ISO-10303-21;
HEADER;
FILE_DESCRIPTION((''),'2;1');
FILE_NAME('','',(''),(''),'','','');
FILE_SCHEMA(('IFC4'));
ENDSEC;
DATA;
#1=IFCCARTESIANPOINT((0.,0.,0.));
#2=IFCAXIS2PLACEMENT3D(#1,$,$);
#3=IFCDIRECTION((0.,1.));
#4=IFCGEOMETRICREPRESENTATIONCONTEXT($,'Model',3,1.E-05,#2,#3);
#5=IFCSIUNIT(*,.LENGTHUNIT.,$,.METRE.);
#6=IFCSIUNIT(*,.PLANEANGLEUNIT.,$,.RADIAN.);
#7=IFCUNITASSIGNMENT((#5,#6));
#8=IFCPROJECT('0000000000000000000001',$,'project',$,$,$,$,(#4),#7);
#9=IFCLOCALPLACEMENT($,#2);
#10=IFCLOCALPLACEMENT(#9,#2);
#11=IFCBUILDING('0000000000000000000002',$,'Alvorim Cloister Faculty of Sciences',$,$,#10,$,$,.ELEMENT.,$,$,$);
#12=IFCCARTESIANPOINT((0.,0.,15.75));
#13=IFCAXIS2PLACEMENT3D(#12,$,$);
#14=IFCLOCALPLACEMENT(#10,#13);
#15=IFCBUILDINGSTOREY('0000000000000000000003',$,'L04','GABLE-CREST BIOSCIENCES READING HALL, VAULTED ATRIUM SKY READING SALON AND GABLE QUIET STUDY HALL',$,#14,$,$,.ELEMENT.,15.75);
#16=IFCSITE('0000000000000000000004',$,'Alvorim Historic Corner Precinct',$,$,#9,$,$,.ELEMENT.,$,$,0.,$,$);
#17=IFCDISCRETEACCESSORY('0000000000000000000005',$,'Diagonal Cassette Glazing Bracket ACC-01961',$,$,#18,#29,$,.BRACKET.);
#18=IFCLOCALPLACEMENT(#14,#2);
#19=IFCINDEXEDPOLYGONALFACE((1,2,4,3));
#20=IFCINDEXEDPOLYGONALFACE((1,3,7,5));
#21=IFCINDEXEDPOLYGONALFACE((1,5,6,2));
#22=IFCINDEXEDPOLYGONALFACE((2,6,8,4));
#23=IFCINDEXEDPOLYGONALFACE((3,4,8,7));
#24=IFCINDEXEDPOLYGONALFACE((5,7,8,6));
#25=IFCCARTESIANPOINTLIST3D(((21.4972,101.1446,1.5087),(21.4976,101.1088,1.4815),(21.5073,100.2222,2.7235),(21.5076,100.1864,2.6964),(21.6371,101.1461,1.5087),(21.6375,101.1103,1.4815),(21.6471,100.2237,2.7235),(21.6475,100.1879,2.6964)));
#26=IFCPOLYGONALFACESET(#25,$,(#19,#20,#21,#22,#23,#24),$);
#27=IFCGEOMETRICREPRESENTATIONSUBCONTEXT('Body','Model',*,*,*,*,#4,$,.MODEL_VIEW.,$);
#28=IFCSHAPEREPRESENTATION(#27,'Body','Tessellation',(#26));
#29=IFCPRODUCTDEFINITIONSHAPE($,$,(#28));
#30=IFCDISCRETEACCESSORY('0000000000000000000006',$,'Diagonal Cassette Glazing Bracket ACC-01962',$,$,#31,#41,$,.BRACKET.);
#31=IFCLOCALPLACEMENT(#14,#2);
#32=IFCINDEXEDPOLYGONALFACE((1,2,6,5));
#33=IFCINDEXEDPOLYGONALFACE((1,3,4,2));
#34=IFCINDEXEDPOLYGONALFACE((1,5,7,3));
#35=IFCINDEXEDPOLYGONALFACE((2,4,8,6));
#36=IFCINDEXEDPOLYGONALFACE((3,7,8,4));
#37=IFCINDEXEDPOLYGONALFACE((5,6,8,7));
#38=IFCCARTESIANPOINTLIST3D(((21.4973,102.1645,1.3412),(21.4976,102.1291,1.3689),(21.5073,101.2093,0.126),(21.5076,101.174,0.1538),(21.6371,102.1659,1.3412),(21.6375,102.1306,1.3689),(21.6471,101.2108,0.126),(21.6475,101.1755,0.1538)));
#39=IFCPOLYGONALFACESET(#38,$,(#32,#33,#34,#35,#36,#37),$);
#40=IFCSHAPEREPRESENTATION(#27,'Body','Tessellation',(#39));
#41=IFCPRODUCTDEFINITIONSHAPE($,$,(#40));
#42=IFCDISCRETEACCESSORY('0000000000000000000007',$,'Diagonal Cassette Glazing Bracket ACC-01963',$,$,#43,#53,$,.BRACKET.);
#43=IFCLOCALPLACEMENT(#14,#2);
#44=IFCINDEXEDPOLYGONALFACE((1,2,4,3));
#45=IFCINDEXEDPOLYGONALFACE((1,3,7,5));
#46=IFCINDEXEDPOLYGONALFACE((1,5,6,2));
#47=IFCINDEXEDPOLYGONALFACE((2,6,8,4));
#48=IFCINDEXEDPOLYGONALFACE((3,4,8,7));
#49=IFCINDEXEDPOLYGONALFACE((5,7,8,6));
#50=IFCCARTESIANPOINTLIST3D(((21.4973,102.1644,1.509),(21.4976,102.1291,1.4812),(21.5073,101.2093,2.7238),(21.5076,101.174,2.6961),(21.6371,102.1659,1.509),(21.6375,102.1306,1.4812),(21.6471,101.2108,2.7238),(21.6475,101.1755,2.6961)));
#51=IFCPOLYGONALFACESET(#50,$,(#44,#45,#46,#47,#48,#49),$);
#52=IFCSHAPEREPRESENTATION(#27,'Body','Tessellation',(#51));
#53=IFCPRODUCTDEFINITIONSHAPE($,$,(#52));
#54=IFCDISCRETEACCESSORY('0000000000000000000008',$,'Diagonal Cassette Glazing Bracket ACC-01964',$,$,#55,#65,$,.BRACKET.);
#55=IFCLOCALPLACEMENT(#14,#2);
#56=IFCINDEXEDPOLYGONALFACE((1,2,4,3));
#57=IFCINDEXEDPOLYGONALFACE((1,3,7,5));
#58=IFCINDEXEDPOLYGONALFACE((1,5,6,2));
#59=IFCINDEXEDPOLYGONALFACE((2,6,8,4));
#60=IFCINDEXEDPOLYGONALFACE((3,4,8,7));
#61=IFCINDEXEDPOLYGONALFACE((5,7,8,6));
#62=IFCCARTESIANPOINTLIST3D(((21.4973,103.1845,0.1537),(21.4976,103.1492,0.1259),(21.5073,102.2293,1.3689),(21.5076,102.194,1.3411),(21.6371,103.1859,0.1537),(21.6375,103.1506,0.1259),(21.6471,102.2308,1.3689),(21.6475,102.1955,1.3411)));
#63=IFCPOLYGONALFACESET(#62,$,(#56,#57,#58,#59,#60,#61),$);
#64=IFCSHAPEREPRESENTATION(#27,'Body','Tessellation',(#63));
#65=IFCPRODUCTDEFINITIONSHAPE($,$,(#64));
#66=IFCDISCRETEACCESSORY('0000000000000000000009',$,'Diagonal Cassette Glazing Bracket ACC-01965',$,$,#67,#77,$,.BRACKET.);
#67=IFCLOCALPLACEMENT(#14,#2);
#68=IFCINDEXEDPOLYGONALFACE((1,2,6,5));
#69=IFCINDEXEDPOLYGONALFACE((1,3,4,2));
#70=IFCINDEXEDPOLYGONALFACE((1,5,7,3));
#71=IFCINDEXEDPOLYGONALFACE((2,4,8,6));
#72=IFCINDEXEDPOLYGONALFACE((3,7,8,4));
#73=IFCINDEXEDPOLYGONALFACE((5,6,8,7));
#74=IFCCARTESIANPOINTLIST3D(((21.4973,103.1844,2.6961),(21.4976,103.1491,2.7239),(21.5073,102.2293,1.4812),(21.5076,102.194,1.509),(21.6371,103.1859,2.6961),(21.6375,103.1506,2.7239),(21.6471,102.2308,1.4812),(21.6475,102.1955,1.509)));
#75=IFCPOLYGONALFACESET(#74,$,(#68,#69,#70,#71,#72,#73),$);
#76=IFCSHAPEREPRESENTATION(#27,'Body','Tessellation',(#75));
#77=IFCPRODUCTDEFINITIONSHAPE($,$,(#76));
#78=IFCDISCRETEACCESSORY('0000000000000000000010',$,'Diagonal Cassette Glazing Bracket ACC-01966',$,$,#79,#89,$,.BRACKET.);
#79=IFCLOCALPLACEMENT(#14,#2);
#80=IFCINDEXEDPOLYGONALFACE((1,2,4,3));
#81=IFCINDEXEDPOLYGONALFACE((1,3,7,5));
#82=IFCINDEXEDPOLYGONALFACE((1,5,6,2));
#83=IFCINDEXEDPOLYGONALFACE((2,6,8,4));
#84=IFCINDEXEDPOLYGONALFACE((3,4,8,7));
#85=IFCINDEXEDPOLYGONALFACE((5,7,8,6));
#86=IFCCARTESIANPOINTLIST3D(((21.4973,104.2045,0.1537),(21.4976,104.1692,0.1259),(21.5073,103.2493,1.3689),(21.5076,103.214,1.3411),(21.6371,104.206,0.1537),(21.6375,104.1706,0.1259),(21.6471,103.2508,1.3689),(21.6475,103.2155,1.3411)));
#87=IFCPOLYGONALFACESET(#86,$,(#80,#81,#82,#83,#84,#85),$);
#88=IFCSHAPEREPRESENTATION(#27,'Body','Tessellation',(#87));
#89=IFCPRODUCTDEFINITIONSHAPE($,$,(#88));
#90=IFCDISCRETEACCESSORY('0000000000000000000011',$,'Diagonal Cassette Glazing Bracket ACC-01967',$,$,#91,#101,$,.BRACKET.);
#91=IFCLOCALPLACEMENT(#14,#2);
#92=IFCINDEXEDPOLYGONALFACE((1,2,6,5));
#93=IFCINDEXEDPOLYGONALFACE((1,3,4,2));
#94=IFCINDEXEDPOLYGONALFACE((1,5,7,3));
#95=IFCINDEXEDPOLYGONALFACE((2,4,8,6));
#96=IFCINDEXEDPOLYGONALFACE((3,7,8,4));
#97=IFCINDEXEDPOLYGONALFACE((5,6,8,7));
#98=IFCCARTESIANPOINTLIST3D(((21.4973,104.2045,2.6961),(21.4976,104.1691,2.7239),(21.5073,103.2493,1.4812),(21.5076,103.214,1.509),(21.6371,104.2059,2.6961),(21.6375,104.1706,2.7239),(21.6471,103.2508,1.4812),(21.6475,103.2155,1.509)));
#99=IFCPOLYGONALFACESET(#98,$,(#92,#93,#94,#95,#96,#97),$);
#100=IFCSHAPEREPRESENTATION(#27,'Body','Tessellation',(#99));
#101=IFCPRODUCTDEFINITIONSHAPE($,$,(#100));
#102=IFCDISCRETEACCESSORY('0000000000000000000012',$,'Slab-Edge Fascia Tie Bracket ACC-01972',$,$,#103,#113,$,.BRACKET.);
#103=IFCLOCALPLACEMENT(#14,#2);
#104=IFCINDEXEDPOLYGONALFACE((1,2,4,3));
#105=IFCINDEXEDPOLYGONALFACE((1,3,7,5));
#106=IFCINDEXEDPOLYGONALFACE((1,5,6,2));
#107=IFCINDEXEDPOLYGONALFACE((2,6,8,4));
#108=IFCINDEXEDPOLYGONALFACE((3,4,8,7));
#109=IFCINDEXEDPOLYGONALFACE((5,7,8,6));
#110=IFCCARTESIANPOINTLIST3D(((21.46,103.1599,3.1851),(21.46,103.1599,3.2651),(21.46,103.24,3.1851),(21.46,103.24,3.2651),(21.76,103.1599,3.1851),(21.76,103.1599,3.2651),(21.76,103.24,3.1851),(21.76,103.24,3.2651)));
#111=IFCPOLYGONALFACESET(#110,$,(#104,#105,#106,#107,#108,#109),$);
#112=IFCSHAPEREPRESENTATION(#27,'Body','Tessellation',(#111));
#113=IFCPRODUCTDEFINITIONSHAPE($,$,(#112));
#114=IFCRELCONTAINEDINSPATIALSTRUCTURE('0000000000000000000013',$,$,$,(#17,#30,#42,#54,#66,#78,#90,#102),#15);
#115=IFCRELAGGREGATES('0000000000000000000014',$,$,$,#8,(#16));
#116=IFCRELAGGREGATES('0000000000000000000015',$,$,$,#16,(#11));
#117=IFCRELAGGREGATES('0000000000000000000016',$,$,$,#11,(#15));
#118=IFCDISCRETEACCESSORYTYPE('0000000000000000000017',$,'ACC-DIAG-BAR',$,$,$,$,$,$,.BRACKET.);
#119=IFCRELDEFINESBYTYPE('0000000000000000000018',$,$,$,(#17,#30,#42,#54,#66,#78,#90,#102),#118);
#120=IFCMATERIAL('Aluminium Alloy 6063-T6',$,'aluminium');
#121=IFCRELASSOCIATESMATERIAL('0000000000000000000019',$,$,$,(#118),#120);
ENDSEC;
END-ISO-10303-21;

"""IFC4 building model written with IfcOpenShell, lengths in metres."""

from ifc_helpers import new_model, si_unit, direction, frame, origin, origin_2d, place, context, subcontext, project, spatial, rectangle, extrude, material, type_object, element, save


model = new_model("IFC4")

# Units and contexts
model_context = context("Model", 3, precision=1e-05, world=origin(), true_north=direction((0.0, 1.0)))
body_context = subcontext(model_context, "Body", "Model", "MODEL_VIEW")
ifc_project = project(units=[si_unit("LENGTHUNIT", "METRE"), si_unit("PLANEANGLEUNIT", "RADIAN")], contexts=[model_context])

# Site, building, storey
site_placement = place(None, origin())
site = spatial("IfcSite", under=ifc_project, at=site_placement, Name="Alvorim Historic Corner Precinct", CompositionType="ELEMENT", RefElevation=0.0)
building_placement = place(site_placement, origin())
building = spatial("IfcBuilding", under=site, at=building_placement, Name="Alvorim Cloister Faculty of Sciences", CompositionType="ELEMENT")
storey_placement = place(building_placement, frame((0.0, 0.0, 15.75)))
storey = spatial("IfcBuildingStorey", under=building, at=storey_placement, Name="L04", Description="GABLE-CREST BIOSCIENCES READING HALL, VAULTED ATRIUM SKY READING SALON AND GABLE QUIET STUDY HALL", CompositionType="ELEMENT", Elevation=15.75)

# Shared definitions
ifc_material_1 = material(Name="Aluminium Alloy 6063-T6", Category="aluminium")

# Discrete accessories
discrete_accessory_type = type_object("IfcDiscreteAccessoryType", Name="ACC-DIAG-BAR", PredefinedType="BRACKET", material=ifc_material_1)
discrete_accessory_1_placement = place(storey_placement, frame((21.5774, 100.2051, 2.71), z_axis=(-0.006562, 0.604689, -0.796435), x_axis=(-0.999941, -0.010852, 0.0)))
element("IfcDiscreteAccessory", 1, at=discrete_accessory_1_placement, inside=storey, type_object=discrete_accessory_type, Name="Diagonal Cassette Glazing Bracket ACC-01961", PredefinedType="BRACKET", context=body_context, shape_type="SweptSolid", body=[
    extrude(rectangle(XDim=0.1399, YDim=0.0449, at=origin_2d()), origin(), (0.0, 0.0, 1.0), 1.5254),
])
discrete_accessory_2_placement = place(storey_placement, frame((21.5774, 101.1924, 0.1399), z_axis=(-0.006477, 0.617955, 0.786187), x_axis=(-0.999945, -0.01048, 0.0)))
element("IfcDiscreteAccessory", 2, at=discrete_accessory_2_placement, inside=storey, type_object=discrete_accessory_type, Name="Diagonal Cassette Glazing Bracket ACC-01962", PredefinedType="BRACKET", context=body_context, shape_type="SweptSolid", body=[
    extrude(rectangle(XDim=0.1399, YDim=0.0449, at=origin_2d()), origin(), (0.0, 0.0, 1.0), 1.5457),
])
discrete_accessory_3_placement = place(storey_placement, frame((21.5774, 101.1924, 2.71), z_axis=(-0.006477, 0.618032, -0.786126), x_axis=(-0.999945, -0.01048, 0.0)))
element("IfcDiscreteAccessory", 3, at=discrete_accessory_3_placement, inside=storey, type_object=discrete_accessory_type, Name="Diagonal Cassette Glazing Bracket ACC-01963", PredefinedType="BRACKET", context=body_context, shape_type="SweptSolid", body=[
    extrude(rectangle(XDim=0.1399, YDim=0.0449, at=origin_2d()), origin(), (0.0, 0.0, 1.0), 1.5454),
])
discrete_accessory_4_placement = place(storey_placement, frame((21.5774, 102.2124, 1.355), z_axis=(-0.006477, 0.617955, -0.786187), x_axis=(-0.999945, -0.01048, 0.0)))
element("IfcDiscreteAccessory", 4, at=discrete_accessory_4_placement, inside=storey, type_object=discrete_accessory_type, Name="Diagonal Cassette Glazing Bracket ACC-01964", PredefinedType="BRACKET", context=body_context, shape_type="SweptSolid", body=[
    extrude(rectangle(XDim=0.1399, YDim=0.0449, at=origin_2d()), origin(), (0.0, 0.0, 1.0), 1.5457),
])
discrete_accessory_5_placement = place(storey_placement, frame((21.5774, 102.2124, 1.4951), z_axis=(-0.006477, 0.618032, 0.786126), x_axis=(-0.999945, -0.01048, 0.0)))
element("IfcDiscreteAccessory", 5, at=discrete_accessory_5_placement, inside=storey, type_object=discrete_accessory_type, Name="Diagonal Cassette Glazing Bracket ACC-01965", PredefinedType="BRACKET", context=body_context, shape_type="SweptSolid", body=[
    extrude(rectangle(XDim=0.1399, YDim=0.0449, at=origin_2d()), origin(), (0.0, 0.0, 1.0), 1.5454),
])
discrete_accessory_6_placement = place(storey_placement, frame((21.5774, 103.2324, 1.355), z_axis=(-0.006477, 0.617955, -0.786187), x_axis=(-0.999945, -0.01048, 0.0)))
element("IfcDiscreteAccessory", 6, at=discrete_accessory_6_placement, inside=storey, type_object=discrete_accessory_type, Name="Diagonal Cassette Glazing Bracket ACC-01966", PredefinedType="BRACKET", context=body_context, shape_type="SweptSolid", body=[
    extrude(rectangle(XDim=0.1399, YDim=0.0449, at=origin_2d()), origin(), (0.0, 0.0, 1.0), 1.5457),
])
discrete_accessory_7_placement = place(storey_placement, frame((21.5774, 103.2324, 1.4951), z_axis=(-0.006477, 0.618032, 0.786126), x_axis=(-0.999945, -0.01048, 0.0)))
element("IfcDiscreteAccessory", 7, at=discrete_accessory_7_placement, inside=storey, type_object=discrete_accessory_type, Name="Diagonal Cassette Glazing Bracket ACC-01967", PredefinedType="BRACKET", context=body_context, shape_type="SweptSolid", body=[
    extrude(rectangle(XDim=0.1399, YDim=0.0449, at=origin_2d()), origin(), (0.0, 0.0, 1.0), 1.5454),
])
discrete_accessory_8_placement = place(storey_placement, frame((21.46, 103.2, 3.2251), z_axis=(1.0, 0.0, 0.0), x_axis=(0.0, 1.0, 0.0)))
element("IfcDiscreteAccessory", 8, at=discrete_accessory_8_placement, inside=storey, type_object=discrete_accessory_type, Name="Slab-Edge Fascia Tie Bracket ACC-01972", PredefinedType="BRACKET", context=body_context, shape_type="SweptSolid", body=[
    extrude(rectangle(XDim=0.0801, YDim=0.0801, at=origin_2d()), origin(), (0.0, 0.0, 1.0), 0.3),
])

save(model, "model.ifc")
